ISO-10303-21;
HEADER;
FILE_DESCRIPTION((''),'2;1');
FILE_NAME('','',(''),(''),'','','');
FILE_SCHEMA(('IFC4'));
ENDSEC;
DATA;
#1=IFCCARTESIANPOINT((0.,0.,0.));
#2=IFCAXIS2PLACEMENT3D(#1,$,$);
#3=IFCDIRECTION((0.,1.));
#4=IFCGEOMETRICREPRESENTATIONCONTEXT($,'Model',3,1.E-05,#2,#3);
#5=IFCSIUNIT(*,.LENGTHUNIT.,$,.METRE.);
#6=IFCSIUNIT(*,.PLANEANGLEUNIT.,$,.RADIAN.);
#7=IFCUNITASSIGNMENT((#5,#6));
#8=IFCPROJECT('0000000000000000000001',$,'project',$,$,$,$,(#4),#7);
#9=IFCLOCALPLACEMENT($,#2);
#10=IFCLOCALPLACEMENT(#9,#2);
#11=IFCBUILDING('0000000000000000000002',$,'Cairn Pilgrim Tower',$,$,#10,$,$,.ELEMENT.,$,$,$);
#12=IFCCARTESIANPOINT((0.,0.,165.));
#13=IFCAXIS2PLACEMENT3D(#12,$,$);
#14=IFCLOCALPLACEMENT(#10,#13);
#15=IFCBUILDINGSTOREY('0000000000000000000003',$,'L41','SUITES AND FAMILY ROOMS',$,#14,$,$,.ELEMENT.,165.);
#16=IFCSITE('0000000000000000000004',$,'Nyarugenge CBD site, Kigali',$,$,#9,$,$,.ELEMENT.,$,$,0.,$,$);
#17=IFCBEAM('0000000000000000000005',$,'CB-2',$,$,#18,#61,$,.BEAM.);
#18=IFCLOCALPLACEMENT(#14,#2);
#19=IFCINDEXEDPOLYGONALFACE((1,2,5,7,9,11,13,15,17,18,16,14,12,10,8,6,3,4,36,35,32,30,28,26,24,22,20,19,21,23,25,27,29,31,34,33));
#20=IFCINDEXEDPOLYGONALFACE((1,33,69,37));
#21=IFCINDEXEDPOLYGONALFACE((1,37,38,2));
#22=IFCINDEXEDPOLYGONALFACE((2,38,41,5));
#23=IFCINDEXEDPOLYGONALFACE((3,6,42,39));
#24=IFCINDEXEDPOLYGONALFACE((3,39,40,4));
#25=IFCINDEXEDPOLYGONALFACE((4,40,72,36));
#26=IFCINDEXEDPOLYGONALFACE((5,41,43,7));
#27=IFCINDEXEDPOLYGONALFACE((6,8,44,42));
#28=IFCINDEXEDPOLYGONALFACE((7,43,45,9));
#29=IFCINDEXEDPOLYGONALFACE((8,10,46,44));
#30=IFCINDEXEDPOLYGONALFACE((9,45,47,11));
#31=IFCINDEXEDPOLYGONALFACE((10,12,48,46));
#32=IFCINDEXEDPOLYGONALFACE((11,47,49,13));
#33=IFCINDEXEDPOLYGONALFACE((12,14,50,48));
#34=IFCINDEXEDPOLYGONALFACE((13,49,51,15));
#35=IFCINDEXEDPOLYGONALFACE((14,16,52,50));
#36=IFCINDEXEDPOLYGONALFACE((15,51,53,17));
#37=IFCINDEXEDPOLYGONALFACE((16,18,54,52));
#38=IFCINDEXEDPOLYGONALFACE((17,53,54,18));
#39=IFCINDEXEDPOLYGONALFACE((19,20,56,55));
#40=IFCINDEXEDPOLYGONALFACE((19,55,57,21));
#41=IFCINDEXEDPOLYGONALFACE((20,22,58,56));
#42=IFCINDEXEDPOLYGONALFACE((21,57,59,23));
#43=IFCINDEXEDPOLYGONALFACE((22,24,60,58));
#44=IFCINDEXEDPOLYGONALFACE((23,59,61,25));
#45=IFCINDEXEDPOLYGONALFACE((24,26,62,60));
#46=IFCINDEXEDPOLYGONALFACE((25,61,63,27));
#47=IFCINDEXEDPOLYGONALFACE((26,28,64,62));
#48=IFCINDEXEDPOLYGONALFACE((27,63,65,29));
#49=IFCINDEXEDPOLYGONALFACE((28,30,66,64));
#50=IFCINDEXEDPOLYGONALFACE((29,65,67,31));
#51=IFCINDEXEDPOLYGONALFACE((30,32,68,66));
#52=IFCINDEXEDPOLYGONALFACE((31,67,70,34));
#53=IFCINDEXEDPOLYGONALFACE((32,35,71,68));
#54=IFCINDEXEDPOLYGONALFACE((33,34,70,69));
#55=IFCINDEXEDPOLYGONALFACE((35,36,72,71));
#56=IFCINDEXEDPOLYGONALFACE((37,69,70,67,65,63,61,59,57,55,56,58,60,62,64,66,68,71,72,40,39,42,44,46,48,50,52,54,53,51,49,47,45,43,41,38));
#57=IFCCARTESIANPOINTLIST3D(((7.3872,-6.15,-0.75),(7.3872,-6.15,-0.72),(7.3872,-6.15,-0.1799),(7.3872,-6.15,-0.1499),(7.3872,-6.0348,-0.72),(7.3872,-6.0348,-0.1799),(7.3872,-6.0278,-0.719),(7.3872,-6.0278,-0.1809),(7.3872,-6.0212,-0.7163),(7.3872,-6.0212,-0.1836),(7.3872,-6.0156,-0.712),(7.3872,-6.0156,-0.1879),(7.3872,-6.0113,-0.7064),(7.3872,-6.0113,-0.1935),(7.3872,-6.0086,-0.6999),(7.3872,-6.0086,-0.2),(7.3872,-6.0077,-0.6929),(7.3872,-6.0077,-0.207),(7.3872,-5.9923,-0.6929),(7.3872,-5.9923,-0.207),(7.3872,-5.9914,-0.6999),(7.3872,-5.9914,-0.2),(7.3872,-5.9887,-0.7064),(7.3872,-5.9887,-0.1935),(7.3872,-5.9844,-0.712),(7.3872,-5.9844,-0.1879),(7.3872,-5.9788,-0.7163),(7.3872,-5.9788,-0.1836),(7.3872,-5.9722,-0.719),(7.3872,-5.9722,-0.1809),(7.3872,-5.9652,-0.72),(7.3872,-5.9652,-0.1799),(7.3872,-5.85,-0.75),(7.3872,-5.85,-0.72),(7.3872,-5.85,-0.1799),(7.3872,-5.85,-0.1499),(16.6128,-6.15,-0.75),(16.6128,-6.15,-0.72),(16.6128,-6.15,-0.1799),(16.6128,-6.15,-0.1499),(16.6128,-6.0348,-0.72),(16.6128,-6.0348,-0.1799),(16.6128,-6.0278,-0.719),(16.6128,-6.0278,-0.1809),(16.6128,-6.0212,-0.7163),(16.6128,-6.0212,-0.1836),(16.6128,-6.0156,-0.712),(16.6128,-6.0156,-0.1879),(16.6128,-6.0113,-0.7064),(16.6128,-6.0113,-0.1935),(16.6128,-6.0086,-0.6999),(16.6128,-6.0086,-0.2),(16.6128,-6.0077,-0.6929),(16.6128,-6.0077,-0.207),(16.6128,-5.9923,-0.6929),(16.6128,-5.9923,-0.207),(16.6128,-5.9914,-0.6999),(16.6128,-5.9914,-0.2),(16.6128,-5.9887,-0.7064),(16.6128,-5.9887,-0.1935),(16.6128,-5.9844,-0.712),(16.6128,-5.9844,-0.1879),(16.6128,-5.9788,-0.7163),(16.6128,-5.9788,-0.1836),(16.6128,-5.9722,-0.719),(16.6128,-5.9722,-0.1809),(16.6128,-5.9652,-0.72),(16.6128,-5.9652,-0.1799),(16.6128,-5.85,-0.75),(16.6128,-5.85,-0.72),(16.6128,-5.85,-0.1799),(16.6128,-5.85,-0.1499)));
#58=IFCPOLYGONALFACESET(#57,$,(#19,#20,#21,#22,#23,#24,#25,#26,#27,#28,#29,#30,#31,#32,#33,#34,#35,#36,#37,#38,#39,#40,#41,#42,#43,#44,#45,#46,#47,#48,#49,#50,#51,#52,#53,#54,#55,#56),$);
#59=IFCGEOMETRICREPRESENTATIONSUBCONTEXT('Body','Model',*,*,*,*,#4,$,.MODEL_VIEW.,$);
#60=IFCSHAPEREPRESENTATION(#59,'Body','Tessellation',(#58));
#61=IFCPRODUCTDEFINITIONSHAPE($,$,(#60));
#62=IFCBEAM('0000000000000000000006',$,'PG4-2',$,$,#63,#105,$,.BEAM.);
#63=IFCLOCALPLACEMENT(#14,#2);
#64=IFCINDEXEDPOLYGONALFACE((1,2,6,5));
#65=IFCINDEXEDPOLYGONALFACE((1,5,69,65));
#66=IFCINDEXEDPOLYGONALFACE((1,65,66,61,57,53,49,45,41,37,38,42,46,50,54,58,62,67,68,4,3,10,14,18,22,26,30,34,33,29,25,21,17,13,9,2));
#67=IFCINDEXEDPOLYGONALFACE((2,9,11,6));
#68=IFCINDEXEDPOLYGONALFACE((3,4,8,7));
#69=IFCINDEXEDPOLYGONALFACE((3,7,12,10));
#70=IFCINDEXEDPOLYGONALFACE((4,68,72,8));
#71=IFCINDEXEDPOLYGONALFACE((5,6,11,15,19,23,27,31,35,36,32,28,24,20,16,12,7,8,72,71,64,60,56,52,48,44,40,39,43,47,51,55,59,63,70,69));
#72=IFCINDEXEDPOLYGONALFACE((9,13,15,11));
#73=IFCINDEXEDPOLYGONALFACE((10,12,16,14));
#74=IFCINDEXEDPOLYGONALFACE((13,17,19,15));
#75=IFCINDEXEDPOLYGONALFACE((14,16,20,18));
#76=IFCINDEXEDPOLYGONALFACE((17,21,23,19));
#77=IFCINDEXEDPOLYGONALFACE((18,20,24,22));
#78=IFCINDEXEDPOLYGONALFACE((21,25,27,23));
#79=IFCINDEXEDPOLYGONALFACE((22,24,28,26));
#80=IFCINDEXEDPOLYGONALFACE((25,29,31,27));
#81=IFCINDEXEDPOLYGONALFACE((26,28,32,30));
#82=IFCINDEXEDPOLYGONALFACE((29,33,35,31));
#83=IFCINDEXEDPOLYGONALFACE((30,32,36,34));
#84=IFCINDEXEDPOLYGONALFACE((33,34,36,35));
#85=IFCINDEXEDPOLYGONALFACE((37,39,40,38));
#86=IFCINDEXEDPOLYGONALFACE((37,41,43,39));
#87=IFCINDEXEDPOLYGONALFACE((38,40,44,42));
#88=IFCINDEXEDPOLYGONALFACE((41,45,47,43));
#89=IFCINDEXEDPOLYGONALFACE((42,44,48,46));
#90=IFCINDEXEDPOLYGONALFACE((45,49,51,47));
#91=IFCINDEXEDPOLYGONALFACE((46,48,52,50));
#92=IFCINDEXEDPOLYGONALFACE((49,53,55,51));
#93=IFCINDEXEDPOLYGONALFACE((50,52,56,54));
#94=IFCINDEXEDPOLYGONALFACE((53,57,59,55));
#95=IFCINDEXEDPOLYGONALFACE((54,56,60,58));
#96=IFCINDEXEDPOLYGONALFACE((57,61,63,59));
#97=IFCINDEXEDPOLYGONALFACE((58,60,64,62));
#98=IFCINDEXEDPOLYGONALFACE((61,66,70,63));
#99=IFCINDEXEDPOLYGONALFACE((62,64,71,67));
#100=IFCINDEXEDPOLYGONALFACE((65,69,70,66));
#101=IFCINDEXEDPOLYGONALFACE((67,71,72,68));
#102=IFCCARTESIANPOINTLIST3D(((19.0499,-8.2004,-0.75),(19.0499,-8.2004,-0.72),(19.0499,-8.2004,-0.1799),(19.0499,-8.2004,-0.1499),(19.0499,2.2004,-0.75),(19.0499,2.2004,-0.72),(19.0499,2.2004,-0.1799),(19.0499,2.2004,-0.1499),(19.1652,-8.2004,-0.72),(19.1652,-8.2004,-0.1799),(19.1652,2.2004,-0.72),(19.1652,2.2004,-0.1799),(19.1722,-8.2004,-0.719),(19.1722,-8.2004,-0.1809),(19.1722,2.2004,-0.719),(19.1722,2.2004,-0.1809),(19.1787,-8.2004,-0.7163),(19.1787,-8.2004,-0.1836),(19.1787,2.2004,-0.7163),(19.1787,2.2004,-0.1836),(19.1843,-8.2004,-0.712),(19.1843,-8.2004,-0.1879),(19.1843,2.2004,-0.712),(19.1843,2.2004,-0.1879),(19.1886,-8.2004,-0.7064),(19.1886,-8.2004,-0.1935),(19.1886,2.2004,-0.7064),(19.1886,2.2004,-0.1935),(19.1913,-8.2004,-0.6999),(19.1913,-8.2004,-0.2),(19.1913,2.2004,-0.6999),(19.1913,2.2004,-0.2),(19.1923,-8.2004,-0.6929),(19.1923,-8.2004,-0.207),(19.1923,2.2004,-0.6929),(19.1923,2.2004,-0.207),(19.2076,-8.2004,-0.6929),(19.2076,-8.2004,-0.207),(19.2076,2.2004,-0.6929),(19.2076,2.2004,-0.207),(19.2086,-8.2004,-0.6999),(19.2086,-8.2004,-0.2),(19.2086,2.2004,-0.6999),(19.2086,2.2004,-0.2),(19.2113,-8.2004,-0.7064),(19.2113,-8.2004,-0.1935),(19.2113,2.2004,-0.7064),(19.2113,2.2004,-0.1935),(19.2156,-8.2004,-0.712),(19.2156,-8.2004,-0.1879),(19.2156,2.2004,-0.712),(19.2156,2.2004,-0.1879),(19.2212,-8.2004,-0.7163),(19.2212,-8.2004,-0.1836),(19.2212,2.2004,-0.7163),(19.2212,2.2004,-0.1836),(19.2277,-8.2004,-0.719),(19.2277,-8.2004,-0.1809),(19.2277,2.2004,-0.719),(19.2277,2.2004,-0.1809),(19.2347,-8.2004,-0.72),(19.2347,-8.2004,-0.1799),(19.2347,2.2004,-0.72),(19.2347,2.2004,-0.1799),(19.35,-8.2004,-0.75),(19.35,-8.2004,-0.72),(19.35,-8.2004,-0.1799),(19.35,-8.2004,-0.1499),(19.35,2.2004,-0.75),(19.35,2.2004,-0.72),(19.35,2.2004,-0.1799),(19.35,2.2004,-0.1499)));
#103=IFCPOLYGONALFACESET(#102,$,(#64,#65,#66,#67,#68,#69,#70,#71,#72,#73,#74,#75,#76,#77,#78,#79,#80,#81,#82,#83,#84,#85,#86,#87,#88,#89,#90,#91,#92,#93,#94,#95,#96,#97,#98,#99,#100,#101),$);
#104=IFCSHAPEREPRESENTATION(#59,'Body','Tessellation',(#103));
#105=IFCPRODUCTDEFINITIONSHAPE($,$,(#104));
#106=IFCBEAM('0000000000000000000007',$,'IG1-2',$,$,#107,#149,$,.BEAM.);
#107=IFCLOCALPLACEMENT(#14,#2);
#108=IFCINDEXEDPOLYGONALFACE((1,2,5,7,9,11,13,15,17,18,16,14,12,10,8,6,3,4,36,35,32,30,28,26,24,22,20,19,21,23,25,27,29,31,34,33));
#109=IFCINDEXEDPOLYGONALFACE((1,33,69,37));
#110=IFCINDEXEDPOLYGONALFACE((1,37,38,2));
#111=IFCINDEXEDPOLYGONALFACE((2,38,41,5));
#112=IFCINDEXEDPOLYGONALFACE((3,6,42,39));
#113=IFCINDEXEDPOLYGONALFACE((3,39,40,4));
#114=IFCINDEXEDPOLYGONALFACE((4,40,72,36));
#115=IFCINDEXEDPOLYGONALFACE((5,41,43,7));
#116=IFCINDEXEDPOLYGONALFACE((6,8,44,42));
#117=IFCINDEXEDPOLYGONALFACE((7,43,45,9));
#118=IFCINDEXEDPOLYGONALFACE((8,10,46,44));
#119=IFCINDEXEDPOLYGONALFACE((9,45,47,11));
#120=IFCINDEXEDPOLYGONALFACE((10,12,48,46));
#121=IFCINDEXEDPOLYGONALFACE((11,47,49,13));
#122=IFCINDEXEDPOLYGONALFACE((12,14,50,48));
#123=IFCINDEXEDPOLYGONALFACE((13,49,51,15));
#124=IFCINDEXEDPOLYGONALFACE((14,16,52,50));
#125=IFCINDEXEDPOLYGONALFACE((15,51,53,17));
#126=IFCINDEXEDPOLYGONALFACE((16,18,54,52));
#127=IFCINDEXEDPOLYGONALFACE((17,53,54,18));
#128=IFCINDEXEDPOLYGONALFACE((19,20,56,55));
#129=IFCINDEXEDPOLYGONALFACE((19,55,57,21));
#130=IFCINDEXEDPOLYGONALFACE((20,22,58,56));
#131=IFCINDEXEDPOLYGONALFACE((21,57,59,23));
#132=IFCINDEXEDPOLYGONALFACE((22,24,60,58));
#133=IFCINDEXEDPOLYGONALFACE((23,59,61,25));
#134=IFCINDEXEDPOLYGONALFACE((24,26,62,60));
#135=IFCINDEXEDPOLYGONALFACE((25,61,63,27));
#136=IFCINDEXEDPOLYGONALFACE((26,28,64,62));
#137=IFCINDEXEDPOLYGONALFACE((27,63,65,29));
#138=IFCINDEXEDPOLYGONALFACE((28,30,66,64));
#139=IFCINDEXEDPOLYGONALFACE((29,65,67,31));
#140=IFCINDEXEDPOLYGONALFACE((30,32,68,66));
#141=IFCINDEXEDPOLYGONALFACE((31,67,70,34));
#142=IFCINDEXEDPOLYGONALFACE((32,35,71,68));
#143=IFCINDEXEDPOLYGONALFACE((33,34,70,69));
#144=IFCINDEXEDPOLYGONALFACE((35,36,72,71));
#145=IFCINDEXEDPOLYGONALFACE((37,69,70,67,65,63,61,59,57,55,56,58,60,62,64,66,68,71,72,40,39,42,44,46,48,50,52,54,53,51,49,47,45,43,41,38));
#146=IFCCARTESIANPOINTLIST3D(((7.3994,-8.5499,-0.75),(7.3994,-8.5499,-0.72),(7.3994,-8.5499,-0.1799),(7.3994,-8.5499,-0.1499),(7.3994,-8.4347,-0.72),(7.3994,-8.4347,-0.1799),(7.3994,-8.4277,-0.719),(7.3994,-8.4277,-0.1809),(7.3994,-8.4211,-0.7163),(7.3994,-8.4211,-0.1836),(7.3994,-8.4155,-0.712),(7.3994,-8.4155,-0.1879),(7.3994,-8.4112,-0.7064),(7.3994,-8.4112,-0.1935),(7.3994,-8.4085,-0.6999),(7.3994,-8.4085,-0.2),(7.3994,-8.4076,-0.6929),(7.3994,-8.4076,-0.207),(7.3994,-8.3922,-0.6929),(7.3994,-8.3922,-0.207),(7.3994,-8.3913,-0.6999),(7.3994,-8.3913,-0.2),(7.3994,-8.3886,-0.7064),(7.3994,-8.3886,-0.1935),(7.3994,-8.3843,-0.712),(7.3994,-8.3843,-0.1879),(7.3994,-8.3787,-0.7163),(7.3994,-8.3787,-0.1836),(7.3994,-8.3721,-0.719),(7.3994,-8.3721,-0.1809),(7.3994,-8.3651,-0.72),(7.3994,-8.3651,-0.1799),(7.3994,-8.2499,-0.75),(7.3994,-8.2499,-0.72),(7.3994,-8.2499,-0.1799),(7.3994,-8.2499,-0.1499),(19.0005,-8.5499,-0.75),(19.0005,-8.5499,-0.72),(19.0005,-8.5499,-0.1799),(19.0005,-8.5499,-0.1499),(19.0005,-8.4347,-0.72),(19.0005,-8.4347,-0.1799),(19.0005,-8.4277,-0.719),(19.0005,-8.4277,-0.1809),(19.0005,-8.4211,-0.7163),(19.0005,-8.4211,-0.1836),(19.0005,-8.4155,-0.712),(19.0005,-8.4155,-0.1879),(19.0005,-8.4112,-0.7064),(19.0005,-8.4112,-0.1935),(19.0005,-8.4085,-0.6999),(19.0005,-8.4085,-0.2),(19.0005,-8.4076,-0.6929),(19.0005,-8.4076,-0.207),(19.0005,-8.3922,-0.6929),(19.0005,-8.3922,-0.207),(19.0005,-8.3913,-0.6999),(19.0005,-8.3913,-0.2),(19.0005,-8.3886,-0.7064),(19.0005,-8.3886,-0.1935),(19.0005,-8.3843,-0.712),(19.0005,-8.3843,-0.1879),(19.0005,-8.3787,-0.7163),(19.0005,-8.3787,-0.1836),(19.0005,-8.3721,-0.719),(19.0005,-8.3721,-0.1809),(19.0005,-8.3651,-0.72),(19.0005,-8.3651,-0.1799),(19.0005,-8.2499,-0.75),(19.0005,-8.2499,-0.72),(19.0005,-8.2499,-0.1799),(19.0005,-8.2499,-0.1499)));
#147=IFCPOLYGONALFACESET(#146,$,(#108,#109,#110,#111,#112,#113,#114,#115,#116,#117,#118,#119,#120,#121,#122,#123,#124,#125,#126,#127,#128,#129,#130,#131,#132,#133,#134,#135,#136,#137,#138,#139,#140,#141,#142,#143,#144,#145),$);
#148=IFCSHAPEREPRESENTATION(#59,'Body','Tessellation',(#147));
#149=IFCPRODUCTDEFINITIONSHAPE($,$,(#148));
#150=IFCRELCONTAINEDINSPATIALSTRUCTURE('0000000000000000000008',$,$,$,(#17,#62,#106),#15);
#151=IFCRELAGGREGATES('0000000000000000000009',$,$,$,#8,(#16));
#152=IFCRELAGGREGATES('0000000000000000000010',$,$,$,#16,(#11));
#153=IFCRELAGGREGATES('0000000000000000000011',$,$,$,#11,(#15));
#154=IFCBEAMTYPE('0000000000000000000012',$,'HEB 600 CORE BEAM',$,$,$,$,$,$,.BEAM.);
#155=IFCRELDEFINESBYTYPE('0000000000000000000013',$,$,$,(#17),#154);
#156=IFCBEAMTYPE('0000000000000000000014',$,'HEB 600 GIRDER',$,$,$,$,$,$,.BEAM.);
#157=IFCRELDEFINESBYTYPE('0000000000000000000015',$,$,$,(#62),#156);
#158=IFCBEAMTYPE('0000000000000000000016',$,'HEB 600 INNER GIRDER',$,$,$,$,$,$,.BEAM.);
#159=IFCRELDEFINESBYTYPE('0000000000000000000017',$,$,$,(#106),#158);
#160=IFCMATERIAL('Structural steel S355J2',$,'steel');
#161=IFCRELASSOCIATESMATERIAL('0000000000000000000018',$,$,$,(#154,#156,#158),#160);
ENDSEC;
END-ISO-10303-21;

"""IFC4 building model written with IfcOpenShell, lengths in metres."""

from ifc_helpers import new_model, si_unit, direction, frame, origin, origin_2d, place, context, subcontext, project, spatial, i_section, extrude, material, material_profile, profile_set, type_object, element, save


model = new_model("IFC4")

# Units and contexts
model_context = context("Model", 3, precision=1e-05, world=origin(), true_north=direction((0.0, 1.0)))
body_context = subcontext(model_context, "Body", "Model", "MODEL_VIEW")
ifc_project = project(units=[si_unit("LENGTHUNIT", "METRE"), si_unit("PLANEANGLEUNIT", "RADIAN")], contexts=[model_context])

# Site, building, storey
site_placement = place(None, origin())
site = spatial("IfcSite", under=ifc_project, at=site_placement, Name="Nyarugenge CBD site, Kigali", CompositionType="ELEMENT", RefElevation=0.0)
building_placement = place(site_placement, origin())
building = spatial("IfcBuilding", under=site, at=building_placement, Name="Cairn Pilgrim Tower", CompositionType="ELEMENT")
storey_placement = place(building_placement, frame((0.0, 0.0, 165.0)))
storey = spatial("IfcBuildingStorey", under=building, at=storey_placement, Name="L41", Description="SUITES AND FAMILY ROOMS", CompositionType="ELEMENT", Elevation=165.0)

# Shared definitions
ifc_material_1 = material(Name="Structural steel S355J2", Category="steel")

# Beams
ifc_material_profile_1 = material_profile(ifc_material_1, i_section(OverallWidth=0.3, OverallDepth=0.6001, WebThickness=0.0154, FlangeThickness=0.03, FilletRadius=0.0271, at=origin_2d()), Name="HEB 600")
ifc_profile_set_1 = profile_set([ifc_material_profile_1], Name="Structural steel S355J2")
beam_type_1 = type_object("IfcBeamType", Name="HEB 600 CORE BEAM", PredefinedType="BEAM", material=ifc_profile_set_1)
beam_1_placement = place(storey_placement, frame((7.3872, -6.0, -0.45), z_axis=(1.0, 0.0, 0.0), x_axis=(0.0, 1.0, 0.0)))
element("IfcBeam", 1, at=beam_1_placement, inside=storey, type_object=beam_type_1, Name="CB-2", PredefinedType="BEAM", context=body_context, shape_type="SweptSolid", body=[
    extrude(i_section(OverallWidth=0.3, OverallDepth=0.6001, WebThickness=0.0154, FlangeThickness=0.03, FilletRadius=0.0271, at=origin_2d()), origin(), (0.0, 0.0, 1.0), 9.2256),
])
ifc_material_profile_2 = material_profile(ifc_material_1, i_section(OverallWidth=0.3, OverallDepth=0.6001, WebThickness=0.0154, FlangeThickness=0.03, FilletRadius=0.0271, at=origin_2d()), Name="HEB 600")
ifc_profile_set_2 = profile_set([ifc_material_profile_2], Name="Structural steel S355J2")
beam_type_2 = type_object("IfcBeamType", Name="HEB 600 GIRDER", PredefinedType="BEAM", material=ifc_profile_set_2)
beam_2_placement = place(storey_placement, frame((19.2, -8.2004, -0.45), z_axis=(0.0, 1.0, 0.0), x_axis=(-1.0, 0.0, 0.0)))
element("IfcBeam", 2, at=beam_2_placement, inside=storey, type_object=beam_type_2, Name="PG4-2", PredefinedType="BEAM", context=body_context, shape_type="SweptSolid", body=[
    extrude(i_section(OverallWidth=0.3, OverallDepth=0.6001, WebThickness=0.0154, FlangeThickness=0.03, FilletRadius=0.0271, at=origin_2d()), origin(), (0.0, 0.0, 1.0), 10.4009),
])
ifc_material_profile_3 = material_profile(ifc_material_1, i_section(OverallWidth=0.3, OverallDepth=0.6001, WebThickness=0.0154, FlangeThickness=0.03, FilletRadius=0.0271, at=origin_2d()), Name="HEB 600")
ifc_profile_set_3 = profile_set([ifc_material_profile_3], Name="Structural steel S355J2")
beam_type_3 = type_object("IfcBeamType", Name="HEB 600 INNER GIRDER", PredefinedType="BEAM", material=ifc_profile_set_3)
beam_3_placement = place(storey_placement, frame((7.3994, -8.3999, -0.45), z_axis=(1.0, 0.0, 0.0), x_axis=(0.0, 1.0, 0.0)))
element("IfcBeam", 3, at=beam_3_placement, inside=storey, type_object=beam_type_3, Name="IG1-2", PredefinedType="BEAM", context=body_context, shape_type="SweptSolid", body=[
    extrude(i_section(OverallWidth=0.3, OverallDepth=0.6001, WebThickness=0.0154, FlangeThickness=0.03, FilletRadius=0.0271, at=origin_2d()), origin(), (0.0, 0.0, 1.0), 11.6011),
])

save(model, "model.ifc")
